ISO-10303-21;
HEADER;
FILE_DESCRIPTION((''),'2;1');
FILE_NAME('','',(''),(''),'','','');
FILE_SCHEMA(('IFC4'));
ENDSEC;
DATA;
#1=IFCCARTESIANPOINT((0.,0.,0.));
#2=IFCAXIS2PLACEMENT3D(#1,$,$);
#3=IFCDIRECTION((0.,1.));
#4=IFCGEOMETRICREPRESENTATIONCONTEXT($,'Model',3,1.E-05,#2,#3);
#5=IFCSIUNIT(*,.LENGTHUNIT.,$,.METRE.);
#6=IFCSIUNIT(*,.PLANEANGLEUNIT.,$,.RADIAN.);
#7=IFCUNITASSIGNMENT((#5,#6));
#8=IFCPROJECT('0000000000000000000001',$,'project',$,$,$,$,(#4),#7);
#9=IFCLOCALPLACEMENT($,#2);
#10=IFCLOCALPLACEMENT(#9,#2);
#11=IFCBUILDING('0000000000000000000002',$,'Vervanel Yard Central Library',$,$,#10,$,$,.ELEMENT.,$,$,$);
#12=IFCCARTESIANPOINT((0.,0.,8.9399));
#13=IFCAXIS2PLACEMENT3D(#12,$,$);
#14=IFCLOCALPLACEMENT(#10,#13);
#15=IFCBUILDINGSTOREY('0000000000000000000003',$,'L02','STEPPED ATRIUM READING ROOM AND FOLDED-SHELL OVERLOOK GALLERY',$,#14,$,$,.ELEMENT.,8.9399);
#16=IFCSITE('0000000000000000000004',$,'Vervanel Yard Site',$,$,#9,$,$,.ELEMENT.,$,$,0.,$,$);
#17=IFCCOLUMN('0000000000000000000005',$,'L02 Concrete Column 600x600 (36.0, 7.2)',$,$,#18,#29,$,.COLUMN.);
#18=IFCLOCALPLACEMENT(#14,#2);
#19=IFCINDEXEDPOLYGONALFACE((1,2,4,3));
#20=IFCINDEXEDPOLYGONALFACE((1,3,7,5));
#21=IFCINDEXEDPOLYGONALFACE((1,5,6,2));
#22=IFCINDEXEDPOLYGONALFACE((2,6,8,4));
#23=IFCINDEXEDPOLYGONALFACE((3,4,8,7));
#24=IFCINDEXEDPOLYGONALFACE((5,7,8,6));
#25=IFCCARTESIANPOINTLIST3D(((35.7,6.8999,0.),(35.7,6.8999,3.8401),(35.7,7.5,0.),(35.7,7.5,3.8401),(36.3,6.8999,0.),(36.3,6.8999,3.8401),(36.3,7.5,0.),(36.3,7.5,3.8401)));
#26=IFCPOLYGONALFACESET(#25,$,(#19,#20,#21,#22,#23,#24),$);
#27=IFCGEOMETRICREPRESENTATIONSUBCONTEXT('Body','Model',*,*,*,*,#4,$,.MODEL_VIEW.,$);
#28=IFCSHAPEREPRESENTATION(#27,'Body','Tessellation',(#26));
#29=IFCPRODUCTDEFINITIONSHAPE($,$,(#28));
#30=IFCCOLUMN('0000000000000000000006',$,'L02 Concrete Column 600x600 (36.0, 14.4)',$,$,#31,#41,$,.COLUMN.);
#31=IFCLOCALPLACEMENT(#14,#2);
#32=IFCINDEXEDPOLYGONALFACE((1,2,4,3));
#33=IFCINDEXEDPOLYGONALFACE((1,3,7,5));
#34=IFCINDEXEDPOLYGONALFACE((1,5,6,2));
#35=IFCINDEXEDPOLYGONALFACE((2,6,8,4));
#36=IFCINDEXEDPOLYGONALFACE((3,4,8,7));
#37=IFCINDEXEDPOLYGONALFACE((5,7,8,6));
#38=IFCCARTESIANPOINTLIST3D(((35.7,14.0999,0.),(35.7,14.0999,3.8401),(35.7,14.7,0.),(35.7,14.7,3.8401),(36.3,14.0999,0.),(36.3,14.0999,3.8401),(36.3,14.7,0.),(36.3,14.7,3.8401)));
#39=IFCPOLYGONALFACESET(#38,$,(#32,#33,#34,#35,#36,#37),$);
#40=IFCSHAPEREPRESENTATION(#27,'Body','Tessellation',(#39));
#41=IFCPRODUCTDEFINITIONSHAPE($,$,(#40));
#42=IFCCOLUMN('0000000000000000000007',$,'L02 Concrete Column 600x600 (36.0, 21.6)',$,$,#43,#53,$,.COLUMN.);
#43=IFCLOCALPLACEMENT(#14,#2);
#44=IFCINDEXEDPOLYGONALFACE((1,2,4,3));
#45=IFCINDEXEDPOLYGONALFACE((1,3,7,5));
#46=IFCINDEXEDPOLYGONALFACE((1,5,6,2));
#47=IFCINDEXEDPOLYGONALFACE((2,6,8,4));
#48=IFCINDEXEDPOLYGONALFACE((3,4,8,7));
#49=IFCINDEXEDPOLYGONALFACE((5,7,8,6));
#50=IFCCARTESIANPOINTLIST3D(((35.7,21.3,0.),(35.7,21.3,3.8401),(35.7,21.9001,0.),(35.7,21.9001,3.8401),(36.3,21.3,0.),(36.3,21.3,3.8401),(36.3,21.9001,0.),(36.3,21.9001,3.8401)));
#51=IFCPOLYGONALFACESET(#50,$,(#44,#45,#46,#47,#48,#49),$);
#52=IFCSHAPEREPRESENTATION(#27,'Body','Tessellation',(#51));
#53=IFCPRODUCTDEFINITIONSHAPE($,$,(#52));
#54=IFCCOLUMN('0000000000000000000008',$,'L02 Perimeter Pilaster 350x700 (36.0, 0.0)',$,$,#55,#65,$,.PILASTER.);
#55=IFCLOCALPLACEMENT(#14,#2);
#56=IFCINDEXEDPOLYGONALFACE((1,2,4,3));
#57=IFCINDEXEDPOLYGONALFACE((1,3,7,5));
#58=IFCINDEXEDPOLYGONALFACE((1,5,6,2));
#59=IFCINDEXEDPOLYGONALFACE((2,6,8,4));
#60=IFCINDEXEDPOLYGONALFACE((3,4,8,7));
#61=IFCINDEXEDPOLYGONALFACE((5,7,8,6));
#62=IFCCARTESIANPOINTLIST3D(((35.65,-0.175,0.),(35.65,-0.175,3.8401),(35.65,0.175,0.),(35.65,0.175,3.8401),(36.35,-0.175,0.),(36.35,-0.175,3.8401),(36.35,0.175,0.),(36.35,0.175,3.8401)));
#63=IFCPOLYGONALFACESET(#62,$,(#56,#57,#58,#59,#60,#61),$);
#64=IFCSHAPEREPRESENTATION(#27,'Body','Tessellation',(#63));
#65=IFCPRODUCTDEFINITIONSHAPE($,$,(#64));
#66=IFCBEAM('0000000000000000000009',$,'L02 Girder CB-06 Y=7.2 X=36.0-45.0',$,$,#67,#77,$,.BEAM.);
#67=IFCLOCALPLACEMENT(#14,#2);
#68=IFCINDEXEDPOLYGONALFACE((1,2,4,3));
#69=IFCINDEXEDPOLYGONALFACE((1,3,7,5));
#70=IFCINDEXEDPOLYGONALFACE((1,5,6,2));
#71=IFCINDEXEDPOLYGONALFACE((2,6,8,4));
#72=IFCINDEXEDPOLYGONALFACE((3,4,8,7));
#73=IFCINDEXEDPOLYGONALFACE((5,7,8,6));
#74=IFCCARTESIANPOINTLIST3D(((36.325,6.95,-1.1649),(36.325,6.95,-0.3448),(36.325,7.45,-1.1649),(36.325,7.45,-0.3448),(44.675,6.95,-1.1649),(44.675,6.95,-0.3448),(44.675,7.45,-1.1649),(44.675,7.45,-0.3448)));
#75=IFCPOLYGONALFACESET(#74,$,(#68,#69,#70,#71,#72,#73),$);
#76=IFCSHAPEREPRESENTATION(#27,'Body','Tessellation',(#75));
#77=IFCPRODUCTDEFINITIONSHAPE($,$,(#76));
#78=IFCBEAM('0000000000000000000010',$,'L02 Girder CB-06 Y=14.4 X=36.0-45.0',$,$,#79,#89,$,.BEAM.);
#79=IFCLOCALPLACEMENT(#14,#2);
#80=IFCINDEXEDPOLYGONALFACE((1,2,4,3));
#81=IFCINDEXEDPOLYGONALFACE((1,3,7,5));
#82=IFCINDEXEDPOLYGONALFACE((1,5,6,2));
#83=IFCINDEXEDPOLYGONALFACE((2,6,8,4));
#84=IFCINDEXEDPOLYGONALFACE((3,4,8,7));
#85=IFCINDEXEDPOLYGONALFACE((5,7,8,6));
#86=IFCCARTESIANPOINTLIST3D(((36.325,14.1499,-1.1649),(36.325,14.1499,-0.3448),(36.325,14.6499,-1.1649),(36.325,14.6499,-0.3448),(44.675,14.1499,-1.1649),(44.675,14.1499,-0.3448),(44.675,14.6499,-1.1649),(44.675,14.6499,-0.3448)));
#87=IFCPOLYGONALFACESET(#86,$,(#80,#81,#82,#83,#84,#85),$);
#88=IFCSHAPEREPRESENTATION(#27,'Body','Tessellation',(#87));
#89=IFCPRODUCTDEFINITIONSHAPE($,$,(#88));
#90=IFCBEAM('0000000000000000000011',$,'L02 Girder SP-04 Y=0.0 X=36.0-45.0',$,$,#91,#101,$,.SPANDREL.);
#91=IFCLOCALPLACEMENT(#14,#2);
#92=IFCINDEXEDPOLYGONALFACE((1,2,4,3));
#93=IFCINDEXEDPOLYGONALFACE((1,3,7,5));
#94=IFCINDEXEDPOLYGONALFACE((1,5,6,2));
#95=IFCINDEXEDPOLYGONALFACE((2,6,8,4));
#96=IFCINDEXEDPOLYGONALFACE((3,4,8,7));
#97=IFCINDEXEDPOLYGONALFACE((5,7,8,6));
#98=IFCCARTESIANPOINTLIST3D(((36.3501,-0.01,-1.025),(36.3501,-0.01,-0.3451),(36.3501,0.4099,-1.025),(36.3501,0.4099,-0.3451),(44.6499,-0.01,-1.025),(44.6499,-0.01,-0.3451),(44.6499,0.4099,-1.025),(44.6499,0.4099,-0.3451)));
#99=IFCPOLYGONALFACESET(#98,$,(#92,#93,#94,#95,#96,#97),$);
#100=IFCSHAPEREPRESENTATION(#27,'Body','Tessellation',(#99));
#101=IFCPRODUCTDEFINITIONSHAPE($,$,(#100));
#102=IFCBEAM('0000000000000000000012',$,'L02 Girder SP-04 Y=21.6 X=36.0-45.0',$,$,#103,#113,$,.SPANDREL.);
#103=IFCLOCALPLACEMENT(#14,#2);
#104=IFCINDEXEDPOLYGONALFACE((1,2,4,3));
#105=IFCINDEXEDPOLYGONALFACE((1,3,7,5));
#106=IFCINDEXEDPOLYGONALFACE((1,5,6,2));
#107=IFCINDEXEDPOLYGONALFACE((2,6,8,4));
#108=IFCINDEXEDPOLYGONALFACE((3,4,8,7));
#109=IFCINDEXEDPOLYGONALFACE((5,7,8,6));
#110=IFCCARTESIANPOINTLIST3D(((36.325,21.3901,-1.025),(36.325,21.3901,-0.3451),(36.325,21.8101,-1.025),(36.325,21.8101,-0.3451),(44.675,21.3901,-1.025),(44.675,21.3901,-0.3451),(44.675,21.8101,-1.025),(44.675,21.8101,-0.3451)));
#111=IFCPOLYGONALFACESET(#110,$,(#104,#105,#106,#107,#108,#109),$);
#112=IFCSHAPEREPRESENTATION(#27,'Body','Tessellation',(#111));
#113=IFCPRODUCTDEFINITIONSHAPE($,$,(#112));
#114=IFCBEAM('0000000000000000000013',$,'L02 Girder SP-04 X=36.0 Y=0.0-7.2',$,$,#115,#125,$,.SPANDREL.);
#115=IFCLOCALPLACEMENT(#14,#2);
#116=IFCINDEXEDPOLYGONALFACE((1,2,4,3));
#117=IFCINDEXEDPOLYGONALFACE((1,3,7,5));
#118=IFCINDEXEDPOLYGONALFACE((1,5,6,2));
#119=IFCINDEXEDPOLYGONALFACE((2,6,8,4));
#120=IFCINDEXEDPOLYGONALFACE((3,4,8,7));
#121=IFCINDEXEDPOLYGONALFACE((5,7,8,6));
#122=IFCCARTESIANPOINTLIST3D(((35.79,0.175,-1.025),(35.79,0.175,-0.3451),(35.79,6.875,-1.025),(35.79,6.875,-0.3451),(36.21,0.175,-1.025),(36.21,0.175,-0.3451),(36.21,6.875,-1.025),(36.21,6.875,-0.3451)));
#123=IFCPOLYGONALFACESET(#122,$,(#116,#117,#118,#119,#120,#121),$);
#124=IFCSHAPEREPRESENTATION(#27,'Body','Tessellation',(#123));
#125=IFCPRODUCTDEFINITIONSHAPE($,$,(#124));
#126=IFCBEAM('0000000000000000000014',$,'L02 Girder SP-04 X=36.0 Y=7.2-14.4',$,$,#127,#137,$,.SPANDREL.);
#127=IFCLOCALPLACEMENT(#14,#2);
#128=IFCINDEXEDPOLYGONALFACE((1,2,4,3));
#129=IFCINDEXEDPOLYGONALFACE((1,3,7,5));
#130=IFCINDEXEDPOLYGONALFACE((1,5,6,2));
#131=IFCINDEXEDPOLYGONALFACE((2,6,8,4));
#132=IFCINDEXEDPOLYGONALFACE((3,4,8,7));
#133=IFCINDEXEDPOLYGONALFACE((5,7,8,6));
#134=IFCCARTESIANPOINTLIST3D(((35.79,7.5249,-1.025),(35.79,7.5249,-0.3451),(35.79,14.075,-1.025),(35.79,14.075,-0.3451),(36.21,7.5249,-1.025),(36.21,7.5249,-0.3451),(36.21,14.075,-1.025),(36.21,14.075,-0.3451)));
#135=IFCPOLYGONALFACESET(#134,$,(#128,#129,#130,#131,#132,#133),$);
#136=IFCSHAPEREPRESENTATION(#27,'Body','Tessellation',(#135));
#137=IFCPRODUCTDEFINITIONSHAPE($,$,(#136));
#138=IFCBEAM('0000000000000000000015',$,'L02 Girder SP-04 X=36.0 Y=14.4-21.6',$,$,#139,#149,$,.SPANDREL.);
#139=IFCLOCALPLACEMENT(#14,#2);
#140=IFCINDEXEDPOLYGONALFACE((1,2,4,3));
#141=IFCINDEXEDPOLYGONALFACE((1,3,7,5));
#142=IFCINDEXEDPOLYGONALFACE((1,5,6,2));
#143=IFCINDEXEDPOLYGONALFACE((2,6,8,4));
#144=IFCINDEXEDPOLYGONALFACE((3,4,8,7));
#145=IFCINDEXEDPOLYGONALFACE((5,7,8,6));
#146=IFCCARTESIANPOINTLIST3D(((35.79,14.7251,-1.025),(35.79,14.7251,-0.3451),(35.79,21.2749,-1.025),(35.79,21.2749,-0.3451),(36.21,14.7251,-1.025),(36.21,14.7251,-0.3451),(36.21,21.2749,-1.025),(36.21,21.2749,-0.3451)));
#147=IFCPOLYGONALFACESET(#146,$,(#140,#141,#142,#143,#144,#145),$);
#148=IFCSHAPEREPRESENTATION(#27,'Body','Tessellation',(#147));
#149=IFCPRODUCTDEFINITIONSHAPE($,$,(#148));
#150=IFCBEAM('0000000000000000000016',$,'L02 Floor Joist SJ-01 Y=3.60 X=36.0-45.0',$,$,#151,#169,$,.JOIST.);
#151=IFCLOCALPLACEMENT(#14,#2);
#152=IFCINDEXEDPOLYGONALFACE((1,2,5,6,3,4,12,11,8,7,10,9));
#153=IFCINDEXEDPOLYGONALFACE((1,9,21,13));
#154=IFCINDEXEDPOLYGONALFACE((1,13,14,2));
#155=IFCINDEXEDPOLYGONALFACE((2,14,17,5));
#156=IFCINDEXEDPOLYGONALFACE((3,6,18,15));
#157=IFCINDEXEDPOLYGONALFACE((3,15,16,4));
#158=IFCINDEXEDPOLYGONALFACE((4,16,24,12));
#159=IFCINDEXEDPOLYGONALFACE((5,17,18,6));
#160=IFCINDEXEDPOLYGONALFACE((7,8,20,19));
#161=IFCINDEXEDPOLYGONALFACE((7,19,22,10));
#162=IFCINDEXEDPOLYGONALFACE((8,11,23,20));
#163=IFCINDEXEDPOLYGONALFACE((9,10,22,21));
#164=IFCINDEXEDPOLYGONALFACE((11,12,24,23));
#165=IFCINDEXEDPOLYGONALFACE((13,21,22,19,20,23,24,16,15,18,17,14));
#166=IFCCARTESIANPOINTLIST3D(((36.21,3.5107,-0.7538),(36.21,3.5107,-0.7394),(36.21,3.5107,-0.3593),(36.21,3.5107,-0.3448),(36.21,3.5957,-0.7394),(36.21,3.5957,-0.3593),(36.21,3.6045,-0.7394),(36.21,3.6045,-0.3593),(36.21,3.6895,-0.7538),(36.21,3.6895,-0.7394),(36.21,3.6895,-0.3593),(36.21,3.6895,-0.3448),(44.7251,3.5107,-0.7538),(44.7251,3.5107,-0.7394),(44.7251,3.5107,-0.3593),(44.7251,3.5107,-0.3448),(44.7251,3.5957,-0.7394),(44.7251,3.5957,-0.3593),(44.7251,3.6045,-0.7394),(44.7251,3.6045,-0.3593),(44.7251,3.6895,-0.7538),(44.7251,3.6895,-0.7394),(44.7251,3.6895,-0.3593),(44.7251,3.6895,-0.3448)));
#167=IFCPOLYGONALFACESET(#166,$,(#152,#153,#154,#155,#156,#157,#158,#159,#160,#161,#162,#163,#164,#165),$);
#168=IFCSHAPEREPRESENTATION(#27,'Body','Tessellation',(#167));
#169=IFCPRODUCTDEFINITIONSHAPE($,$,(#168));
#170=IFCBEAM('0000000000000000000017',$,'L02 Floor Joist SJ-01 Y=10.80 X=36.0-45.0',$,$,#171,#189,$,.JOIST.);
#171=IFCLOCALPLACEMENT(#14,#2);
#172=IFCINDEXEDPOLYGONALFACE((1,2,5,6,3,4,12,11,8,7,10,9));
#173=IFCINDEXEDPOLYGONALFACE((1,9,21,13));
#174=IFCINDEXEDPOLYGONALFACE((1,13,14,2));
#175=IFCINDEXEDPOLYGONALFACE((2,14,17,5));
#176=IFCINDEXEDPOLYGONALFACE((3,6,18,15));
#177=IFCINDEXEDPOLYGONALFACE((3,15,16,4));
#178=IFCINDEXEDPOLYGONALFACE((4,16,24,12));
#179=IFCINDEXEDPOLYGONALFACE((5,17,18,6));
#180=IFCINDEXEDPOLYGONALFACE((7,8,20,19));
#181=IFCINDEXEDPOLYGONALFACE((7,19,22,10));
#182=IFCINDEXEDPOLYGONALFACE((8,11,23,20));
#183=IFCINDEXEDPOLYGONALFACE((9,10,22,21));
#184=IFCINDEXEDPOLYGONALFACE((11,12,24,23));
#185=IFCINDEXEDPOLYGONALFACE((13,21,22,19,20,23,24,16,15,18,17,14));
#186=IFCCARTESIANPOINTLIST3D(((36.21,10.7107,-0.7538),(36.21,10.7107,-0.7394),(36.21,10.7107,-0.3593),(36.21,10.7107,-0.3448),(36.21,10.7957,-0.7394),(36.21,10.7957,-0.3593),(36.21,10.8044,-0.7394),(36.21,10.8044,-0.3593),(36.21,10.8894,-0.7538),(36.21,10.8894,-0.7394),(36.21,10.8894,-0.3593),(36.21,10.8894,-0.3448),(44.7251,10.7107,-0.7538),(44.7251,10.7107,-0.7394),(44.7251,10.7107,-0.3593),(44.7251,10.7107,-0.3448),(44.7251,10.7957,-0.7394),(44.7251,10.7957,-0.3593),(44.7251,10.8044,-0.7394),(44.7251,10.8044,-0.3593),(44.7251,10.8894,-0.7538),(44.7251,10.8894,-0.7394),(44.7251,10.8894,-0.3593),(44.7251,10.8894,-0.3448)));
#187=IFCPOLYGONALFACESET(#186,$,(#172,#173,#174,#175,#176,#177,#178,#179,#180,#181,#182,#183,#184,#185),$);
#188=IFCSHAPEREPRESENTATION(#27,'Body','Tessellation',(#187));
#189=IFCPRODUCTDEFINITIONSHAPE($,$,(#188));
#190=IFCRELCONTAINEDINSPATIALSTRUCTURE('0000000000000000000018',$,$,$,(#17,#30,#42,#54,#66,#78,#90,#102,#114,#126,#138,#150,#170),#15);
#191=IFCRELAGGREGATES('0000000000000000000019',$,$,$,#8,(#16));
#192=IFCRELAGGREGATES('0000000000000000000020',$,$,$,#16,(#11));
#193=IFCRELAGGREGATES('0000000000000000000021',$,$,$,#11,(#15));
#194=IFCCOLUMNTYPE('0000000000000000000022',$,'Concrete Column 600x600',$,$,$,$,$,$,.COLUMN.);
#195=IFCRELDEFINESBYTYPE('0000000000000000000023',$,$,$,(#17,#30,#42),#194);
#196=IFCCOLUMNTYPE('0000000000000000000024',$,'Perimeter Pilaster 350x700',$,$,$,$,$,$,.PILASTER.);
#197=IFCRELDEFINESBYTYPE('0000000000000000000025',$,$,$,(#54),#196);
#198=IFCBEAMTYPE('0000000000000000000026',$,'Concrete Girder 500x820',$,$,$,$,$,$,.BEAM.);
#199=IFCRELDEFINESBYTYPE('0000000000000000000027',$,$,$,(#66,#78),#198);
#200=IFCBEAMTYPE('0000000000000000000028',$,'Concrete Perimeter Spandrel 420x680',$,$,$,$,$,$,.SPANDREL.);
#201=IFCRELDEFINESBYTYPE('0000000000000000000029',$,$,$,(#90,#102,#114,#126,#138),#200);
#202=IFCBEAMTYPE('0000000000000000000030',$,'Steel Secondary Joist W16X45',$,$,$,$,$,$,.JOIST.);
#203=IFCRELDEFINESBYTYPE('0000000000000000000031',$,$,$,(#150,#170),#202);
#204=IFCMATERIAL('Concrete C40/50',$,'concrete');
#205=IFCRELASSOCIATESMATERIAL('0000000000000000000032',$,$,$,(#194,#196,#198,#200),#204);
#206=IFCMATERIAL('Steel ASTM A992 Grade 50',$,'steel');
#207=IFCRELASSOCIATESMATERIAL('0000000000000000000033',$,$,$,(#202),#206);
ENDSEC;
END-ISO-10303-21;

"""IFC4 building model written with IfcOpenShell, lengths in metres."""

from ifc_helpers import new_model, si_unit, direction, frame, origin, origin_2d, place, context, subcontext, project, spatial, rectangle, i_section, extrude, material, material_profile, profile_set, type_object, element, save


model = new_model("IFC4")

# Units and contexts
model_context = context("Model", 3, precision=1e-05, world=origin(), true_north=direction((0.0, 1.0)))
body_context = subcontext(model_context, "Body", "Model", "MODEL_VIEW")
ifc_project = project(units=[si_unit("LENGTHUNIT", "METRE"), si_unit("PLANEANGLEUNIT", "RADIAN")], contexts=[model_context])

# Site, building, storey
site_placement = place(None, origin())
site = spatial("IfcSite", under=ifc_project, at=site_placement, Name="Vervanel Yard Site", CompositionType="ELEMENT", RefElevation=0.0)
building_placement = place(site_placement, origin())
building = spatial("IfcBuilding", under=site, at=building_placement, Name="Vervanel Yard Central Library", CompositionType="ELEMENT")
storey_placement = place(building_placement, frame((0.0, 0.0, 8.9399)))
storey = spatial("IfcBuildingStorey", under=building, at=storey_placement, Name="L02", Description="STEPPED ATRIUM READING ROOM AND FOLDED-SHELL OVERLOOK GALLERY", CompositionType="ELEMENT", Elevation=8.9399)

# Columns
ifc_material_1 = material(Name="Concrete C40/50", Category="concrete")
ifc_material_profile_1 = material_profile(ifc_material_1, rectangle(XDim=0.6001, YDim=0.6001, at=origin_2d()), Name="RC 600x600", Category="concrete")
ifc_profile_set_1 = profile_set([ifc_material_profile_1], Name="Concrete C40/50")
column_type_1 = type_object("IfcColumnType", Name="Concrete Column 600x600", PredefinedType="COLUMN", material=ifc_profile_set_1)
for number, where, z_axis, x_axis, name in (
    (1, (36.0, 7.2, 0.0), (0.0, 0.0, 1.0), (1.0, 0.0, 0.0), "L02 Concrete Column 600x600 (36.0, 7.2)"),
    (2, (36.0, 14.3999, 0.0), (0.0, 0.0, 1.0), (1.0, 0.0, 0.0), "L02 Concrete Column 600x600 (36.0, 14.4)"),
    (3, (36.0, 21.6001, 0.0), (0.0, 0.0, 1.0), (1.0, 0.0, 0.0), "L02 Concrete Column 600x600 (36.0, 21.6)"),
):
    element("IfcColumn", number, at=place(storey_placement, frame(where, z_axis=z_axis, x_axis=x_axis)), inside=storey, type_object=column_type_1, Name=name, PredefinedType="COLUMN", context=body_context, shape_type="SweptSolid", body=[
        extrude(rectangle(XDim=0.6001, YDim=0.6001, at=origin_2d()), origin(), (0.0, 0.0, 1.0), 3.8401),
    ])
ifc_material_profile_2 = material_profile(ifc_material_1, rectangle(XDim=0.3501, YDim=0.7, at=origin_2d()), Name="RC 350x700", Category="concrete")
ifc_profile_set_2 = profile_set([ifc_material_profile_2], Name="Concrete C40/50")
column_type_2 = type_object("IfcColumnType", Name="Perimeter Pilaster 350x700", PredefinedType="PILASTER", material=ifc_profile_set_2)
column_placement = place(storey_placement, frame((36.0, 0.0, 0.0), z_axis=(0.0, 0.0, 1.0), x_axis=(0.0, 1.0, 0.0)))
element("IfcColumn", 4, at=column_placement, inside=storey, type_object=column_type_2, Name="L02 Perimeter Pilaster 350x700 (36.0, 0.0)", PredefinedType="PILASTER", context=body_context, shape_type="SweptSolid", body=[
    extrude(rectangle(XDim=0.3501, YDim=0.7, at=origin_2d()), origin(), (0.0, 0.0, 1.0), 3.8401),
])

# Beams
ifc_material_profile_3 = material_profile(ifc_material_1, rectangle(XDim=0.5, YDim=0.8201, at=origin_2d()), Name="RC 500x820", Category="concrete")
ifc_profile_set_3 = profile_set([ifc_material_profile_3], Name="Concrete C40/50")
beam_type_1 = type_object("IfcBeamType", Name="Concrete Girder 500x820", PredefinedType="BEAM", material=ifc_profile_set_3)
for number, where, z_axis, x_axis, name in (
    (5, (36.325, 7.2, -0.7549), (1.0, 0.0, 0.0), (0.0, 1.0, 0.0), "L02 Girder CB-06 Y=7.2 X=36.0-45.0"),
    (6, (36.325, 14.3999, -0.7549), (1.0, 0.0, 0.0), (0.0, 1.0, 0.0), "L02 Girder CB-06 Y=14.4 X=36.0-45.0"),
):
    element("IfcBeam", number, at=place(storey_placement, frame(where, z_axis=z_axis, x_axis=x_axis)), inside=storey, type_object=beam_type_1, Name=name, PredefinedType="BEAM", context=body_context, shape_type="SweptSolid", body=[
        extrude(rectangle(XDim=0.5, YDim=0.8201, at=origin_2d()), origin(), (0.0, 0.0, 1.0), 8.3501),
    ])
ifc_material_profile_4 = material_profile(ifc_material_1, rectangle(XDim=0.4199, YDim=0.6799, at=origin_2d()), Name="RC 420x680", Category="concrete")
ifc_profile_set_4 = profile_set([ifc_material_profile_4], Name="Concrete C40/50")
beam_type_2 = type_object("IfcBeamType", Name="Concrete Perimeter Spandrel 420x680", PredefinedType="SPANDREL", material=ifc_profile_set_4)
beam_1_placement = place(storey_placement, frame((36.3501, 0.2, -0.6851), z_axis=(1.0, 0.0, 0.0), x_axis=(0.0, 1.0, 0.0)))
element("IfcBeam", 7, at=beam_1_placement, inside=storey, type_object=beam_type_2, Name="L02 Girder SP-04 Y=0.0 X=36.0-45.0", PredefinedType="SPANDREL", context=body_context, shape_type="SweptSolid", body=[
    extrude(rectangle(XDim=0.4199, YDim=0.6799, at=origin_2d()), origin(), (0.0, 0.0, 1.0), 8.2998),
])
beam_2_placement = place(storey_placement, frame((36.325, 21.6001, -0.6851), z_axis=(1.0, 0.0, 0.0), x_axis=(0.0, 1.0, 0.0)))
element("IfcBeam", 8, at=beam_2_placement, inside=storey, type_object=beam_type_2, Name="L02 Girder SP-04 Y=21.6 X=36.0-45.0", PredefinedType="SPANDREL", context=body_context, shape_type="SweptSolid", body=[
    extrude(rectangle(XDim=0.4199, YDim=0.6799, at=origin_2d()), origin(), (0.0, 0.0, 1.0), 8.3501),
])
beam_3_placement = place(storey_placement, frame((36.0, 0.175, -0.6851), z_axis=(0.0, 1.0, 0.0), x_axis=(-1.0, 0.0, 0.0)))
element("IfcBeam", 9, at=beam_3_placement, inside=storey, type_object=beam_type_2, Name="L02 Girder SP-04 X=36.0 Y=0.0-7.2", PredefinedType="SPANDREL", context=body_context, shape_type="SweptSolid", body=[
    extrude(rectangle(XDim=0.4199, YDim=0.6799, at=origin_2d()), origin(), (0.0, 0.0, 1.0), 6.7),
])
beam_4_placement = place(storey_placement, frame((36.0, 7.5249, -0.6851), z_axis=(0.0, 1.0, 0.0), x_axis=(-1.0, 0.0, 0.0)))
element("IfcBeam", 10, at=beam_4_placement, inside=storey, type_object=beam_type_2, Name="L02 Girder SP-04 X=36.0 Y=7.2-14.4", PredefinedType="SPANDREL", context=body_context, shape_type="SweptSolid", body=[
    extrude(rectangle(XDim=0.4199, YDim=0.6799, at=origin_2d()), origin(), (0.0, 0.0, 1.0), 6.55),
])
beam_5_placement = place(storey_placement, frame((36.0, 14.7251, -0.6851), z_axis=(0.0, 1.0, 0.0), x_axis=(-1.0, 0.0, 0.0)))
element("IfcBeam", 11, at=beam_5_placement, inside=storey, type_object=beam_type_2, Name="L02 Girder SP-04 X=36.0 Y=14.4-21.6", PredefinedType="SPANDREL", context=body_context, shape_type="SweptSolid", body=[
    extrude(rectangle(XDim=0.4199, YDim=0.6799, at=origin_2d()), origin(), (0.0, 0.0, 1.0), 6.5498),
])
ifc_material_2 = material(Name="Steel ASTM A992 Grade 50", Category="steel")
ifc_material_profile_5 = material_profile(ifc_material_2, i_section(OverallWidth=0.1787, OverallDepth=0.4089, WebThickness=0.0088, FlangeThickness=0.0144, at=origin_2d()), Name="W16X45", Category="steel")
ifc_profile_set_5 = profile_set([ifc_material_profile_5], Name="Steel ASTM A992 Grade 50")
beam_type_3 = type_object("IfcBeamType", Name="Steel Secondary Joist W16X45", PredefinedType="JOIST", material=ifc_profile_set_5)
for number, where, z_axis, x_axis, name in (
    (12, (36.21, 3.6001, -0.5493), (1.0, 0.0, 0.0), (0.0, 1.0, 0.0), "L02 Floor Joist SJ-01 Y=3.60 X=36.0-45.0"),
    (13, (36.21, 10.8, -0.5493), (1.0, 0.0, 0.0), (0.0, 1.0, 0.0), "L02 Floor Joist SJ-01 Y=10.80 X=36.0-45.0"),
):
    element("IfcBeam", number, at=place(storey_placement, frame(where, z_axis=z_axis, x_axis=x_axis)), inside=storey, type_object=beam_type_3, Name=name, PredefinedType="JOIST", context=body_context, shape_type="SweptSolid", body=[
        extrude(i_section(OverallWidth=0.1787, OverallDepth=0.4089, WebThickness=0.0088, FlangeThickness=0.0144, at=origin_2d()), origin(), (0.0, 0.0, 1.0), 8.5151),
    ])

save(model, "model.ifc")
